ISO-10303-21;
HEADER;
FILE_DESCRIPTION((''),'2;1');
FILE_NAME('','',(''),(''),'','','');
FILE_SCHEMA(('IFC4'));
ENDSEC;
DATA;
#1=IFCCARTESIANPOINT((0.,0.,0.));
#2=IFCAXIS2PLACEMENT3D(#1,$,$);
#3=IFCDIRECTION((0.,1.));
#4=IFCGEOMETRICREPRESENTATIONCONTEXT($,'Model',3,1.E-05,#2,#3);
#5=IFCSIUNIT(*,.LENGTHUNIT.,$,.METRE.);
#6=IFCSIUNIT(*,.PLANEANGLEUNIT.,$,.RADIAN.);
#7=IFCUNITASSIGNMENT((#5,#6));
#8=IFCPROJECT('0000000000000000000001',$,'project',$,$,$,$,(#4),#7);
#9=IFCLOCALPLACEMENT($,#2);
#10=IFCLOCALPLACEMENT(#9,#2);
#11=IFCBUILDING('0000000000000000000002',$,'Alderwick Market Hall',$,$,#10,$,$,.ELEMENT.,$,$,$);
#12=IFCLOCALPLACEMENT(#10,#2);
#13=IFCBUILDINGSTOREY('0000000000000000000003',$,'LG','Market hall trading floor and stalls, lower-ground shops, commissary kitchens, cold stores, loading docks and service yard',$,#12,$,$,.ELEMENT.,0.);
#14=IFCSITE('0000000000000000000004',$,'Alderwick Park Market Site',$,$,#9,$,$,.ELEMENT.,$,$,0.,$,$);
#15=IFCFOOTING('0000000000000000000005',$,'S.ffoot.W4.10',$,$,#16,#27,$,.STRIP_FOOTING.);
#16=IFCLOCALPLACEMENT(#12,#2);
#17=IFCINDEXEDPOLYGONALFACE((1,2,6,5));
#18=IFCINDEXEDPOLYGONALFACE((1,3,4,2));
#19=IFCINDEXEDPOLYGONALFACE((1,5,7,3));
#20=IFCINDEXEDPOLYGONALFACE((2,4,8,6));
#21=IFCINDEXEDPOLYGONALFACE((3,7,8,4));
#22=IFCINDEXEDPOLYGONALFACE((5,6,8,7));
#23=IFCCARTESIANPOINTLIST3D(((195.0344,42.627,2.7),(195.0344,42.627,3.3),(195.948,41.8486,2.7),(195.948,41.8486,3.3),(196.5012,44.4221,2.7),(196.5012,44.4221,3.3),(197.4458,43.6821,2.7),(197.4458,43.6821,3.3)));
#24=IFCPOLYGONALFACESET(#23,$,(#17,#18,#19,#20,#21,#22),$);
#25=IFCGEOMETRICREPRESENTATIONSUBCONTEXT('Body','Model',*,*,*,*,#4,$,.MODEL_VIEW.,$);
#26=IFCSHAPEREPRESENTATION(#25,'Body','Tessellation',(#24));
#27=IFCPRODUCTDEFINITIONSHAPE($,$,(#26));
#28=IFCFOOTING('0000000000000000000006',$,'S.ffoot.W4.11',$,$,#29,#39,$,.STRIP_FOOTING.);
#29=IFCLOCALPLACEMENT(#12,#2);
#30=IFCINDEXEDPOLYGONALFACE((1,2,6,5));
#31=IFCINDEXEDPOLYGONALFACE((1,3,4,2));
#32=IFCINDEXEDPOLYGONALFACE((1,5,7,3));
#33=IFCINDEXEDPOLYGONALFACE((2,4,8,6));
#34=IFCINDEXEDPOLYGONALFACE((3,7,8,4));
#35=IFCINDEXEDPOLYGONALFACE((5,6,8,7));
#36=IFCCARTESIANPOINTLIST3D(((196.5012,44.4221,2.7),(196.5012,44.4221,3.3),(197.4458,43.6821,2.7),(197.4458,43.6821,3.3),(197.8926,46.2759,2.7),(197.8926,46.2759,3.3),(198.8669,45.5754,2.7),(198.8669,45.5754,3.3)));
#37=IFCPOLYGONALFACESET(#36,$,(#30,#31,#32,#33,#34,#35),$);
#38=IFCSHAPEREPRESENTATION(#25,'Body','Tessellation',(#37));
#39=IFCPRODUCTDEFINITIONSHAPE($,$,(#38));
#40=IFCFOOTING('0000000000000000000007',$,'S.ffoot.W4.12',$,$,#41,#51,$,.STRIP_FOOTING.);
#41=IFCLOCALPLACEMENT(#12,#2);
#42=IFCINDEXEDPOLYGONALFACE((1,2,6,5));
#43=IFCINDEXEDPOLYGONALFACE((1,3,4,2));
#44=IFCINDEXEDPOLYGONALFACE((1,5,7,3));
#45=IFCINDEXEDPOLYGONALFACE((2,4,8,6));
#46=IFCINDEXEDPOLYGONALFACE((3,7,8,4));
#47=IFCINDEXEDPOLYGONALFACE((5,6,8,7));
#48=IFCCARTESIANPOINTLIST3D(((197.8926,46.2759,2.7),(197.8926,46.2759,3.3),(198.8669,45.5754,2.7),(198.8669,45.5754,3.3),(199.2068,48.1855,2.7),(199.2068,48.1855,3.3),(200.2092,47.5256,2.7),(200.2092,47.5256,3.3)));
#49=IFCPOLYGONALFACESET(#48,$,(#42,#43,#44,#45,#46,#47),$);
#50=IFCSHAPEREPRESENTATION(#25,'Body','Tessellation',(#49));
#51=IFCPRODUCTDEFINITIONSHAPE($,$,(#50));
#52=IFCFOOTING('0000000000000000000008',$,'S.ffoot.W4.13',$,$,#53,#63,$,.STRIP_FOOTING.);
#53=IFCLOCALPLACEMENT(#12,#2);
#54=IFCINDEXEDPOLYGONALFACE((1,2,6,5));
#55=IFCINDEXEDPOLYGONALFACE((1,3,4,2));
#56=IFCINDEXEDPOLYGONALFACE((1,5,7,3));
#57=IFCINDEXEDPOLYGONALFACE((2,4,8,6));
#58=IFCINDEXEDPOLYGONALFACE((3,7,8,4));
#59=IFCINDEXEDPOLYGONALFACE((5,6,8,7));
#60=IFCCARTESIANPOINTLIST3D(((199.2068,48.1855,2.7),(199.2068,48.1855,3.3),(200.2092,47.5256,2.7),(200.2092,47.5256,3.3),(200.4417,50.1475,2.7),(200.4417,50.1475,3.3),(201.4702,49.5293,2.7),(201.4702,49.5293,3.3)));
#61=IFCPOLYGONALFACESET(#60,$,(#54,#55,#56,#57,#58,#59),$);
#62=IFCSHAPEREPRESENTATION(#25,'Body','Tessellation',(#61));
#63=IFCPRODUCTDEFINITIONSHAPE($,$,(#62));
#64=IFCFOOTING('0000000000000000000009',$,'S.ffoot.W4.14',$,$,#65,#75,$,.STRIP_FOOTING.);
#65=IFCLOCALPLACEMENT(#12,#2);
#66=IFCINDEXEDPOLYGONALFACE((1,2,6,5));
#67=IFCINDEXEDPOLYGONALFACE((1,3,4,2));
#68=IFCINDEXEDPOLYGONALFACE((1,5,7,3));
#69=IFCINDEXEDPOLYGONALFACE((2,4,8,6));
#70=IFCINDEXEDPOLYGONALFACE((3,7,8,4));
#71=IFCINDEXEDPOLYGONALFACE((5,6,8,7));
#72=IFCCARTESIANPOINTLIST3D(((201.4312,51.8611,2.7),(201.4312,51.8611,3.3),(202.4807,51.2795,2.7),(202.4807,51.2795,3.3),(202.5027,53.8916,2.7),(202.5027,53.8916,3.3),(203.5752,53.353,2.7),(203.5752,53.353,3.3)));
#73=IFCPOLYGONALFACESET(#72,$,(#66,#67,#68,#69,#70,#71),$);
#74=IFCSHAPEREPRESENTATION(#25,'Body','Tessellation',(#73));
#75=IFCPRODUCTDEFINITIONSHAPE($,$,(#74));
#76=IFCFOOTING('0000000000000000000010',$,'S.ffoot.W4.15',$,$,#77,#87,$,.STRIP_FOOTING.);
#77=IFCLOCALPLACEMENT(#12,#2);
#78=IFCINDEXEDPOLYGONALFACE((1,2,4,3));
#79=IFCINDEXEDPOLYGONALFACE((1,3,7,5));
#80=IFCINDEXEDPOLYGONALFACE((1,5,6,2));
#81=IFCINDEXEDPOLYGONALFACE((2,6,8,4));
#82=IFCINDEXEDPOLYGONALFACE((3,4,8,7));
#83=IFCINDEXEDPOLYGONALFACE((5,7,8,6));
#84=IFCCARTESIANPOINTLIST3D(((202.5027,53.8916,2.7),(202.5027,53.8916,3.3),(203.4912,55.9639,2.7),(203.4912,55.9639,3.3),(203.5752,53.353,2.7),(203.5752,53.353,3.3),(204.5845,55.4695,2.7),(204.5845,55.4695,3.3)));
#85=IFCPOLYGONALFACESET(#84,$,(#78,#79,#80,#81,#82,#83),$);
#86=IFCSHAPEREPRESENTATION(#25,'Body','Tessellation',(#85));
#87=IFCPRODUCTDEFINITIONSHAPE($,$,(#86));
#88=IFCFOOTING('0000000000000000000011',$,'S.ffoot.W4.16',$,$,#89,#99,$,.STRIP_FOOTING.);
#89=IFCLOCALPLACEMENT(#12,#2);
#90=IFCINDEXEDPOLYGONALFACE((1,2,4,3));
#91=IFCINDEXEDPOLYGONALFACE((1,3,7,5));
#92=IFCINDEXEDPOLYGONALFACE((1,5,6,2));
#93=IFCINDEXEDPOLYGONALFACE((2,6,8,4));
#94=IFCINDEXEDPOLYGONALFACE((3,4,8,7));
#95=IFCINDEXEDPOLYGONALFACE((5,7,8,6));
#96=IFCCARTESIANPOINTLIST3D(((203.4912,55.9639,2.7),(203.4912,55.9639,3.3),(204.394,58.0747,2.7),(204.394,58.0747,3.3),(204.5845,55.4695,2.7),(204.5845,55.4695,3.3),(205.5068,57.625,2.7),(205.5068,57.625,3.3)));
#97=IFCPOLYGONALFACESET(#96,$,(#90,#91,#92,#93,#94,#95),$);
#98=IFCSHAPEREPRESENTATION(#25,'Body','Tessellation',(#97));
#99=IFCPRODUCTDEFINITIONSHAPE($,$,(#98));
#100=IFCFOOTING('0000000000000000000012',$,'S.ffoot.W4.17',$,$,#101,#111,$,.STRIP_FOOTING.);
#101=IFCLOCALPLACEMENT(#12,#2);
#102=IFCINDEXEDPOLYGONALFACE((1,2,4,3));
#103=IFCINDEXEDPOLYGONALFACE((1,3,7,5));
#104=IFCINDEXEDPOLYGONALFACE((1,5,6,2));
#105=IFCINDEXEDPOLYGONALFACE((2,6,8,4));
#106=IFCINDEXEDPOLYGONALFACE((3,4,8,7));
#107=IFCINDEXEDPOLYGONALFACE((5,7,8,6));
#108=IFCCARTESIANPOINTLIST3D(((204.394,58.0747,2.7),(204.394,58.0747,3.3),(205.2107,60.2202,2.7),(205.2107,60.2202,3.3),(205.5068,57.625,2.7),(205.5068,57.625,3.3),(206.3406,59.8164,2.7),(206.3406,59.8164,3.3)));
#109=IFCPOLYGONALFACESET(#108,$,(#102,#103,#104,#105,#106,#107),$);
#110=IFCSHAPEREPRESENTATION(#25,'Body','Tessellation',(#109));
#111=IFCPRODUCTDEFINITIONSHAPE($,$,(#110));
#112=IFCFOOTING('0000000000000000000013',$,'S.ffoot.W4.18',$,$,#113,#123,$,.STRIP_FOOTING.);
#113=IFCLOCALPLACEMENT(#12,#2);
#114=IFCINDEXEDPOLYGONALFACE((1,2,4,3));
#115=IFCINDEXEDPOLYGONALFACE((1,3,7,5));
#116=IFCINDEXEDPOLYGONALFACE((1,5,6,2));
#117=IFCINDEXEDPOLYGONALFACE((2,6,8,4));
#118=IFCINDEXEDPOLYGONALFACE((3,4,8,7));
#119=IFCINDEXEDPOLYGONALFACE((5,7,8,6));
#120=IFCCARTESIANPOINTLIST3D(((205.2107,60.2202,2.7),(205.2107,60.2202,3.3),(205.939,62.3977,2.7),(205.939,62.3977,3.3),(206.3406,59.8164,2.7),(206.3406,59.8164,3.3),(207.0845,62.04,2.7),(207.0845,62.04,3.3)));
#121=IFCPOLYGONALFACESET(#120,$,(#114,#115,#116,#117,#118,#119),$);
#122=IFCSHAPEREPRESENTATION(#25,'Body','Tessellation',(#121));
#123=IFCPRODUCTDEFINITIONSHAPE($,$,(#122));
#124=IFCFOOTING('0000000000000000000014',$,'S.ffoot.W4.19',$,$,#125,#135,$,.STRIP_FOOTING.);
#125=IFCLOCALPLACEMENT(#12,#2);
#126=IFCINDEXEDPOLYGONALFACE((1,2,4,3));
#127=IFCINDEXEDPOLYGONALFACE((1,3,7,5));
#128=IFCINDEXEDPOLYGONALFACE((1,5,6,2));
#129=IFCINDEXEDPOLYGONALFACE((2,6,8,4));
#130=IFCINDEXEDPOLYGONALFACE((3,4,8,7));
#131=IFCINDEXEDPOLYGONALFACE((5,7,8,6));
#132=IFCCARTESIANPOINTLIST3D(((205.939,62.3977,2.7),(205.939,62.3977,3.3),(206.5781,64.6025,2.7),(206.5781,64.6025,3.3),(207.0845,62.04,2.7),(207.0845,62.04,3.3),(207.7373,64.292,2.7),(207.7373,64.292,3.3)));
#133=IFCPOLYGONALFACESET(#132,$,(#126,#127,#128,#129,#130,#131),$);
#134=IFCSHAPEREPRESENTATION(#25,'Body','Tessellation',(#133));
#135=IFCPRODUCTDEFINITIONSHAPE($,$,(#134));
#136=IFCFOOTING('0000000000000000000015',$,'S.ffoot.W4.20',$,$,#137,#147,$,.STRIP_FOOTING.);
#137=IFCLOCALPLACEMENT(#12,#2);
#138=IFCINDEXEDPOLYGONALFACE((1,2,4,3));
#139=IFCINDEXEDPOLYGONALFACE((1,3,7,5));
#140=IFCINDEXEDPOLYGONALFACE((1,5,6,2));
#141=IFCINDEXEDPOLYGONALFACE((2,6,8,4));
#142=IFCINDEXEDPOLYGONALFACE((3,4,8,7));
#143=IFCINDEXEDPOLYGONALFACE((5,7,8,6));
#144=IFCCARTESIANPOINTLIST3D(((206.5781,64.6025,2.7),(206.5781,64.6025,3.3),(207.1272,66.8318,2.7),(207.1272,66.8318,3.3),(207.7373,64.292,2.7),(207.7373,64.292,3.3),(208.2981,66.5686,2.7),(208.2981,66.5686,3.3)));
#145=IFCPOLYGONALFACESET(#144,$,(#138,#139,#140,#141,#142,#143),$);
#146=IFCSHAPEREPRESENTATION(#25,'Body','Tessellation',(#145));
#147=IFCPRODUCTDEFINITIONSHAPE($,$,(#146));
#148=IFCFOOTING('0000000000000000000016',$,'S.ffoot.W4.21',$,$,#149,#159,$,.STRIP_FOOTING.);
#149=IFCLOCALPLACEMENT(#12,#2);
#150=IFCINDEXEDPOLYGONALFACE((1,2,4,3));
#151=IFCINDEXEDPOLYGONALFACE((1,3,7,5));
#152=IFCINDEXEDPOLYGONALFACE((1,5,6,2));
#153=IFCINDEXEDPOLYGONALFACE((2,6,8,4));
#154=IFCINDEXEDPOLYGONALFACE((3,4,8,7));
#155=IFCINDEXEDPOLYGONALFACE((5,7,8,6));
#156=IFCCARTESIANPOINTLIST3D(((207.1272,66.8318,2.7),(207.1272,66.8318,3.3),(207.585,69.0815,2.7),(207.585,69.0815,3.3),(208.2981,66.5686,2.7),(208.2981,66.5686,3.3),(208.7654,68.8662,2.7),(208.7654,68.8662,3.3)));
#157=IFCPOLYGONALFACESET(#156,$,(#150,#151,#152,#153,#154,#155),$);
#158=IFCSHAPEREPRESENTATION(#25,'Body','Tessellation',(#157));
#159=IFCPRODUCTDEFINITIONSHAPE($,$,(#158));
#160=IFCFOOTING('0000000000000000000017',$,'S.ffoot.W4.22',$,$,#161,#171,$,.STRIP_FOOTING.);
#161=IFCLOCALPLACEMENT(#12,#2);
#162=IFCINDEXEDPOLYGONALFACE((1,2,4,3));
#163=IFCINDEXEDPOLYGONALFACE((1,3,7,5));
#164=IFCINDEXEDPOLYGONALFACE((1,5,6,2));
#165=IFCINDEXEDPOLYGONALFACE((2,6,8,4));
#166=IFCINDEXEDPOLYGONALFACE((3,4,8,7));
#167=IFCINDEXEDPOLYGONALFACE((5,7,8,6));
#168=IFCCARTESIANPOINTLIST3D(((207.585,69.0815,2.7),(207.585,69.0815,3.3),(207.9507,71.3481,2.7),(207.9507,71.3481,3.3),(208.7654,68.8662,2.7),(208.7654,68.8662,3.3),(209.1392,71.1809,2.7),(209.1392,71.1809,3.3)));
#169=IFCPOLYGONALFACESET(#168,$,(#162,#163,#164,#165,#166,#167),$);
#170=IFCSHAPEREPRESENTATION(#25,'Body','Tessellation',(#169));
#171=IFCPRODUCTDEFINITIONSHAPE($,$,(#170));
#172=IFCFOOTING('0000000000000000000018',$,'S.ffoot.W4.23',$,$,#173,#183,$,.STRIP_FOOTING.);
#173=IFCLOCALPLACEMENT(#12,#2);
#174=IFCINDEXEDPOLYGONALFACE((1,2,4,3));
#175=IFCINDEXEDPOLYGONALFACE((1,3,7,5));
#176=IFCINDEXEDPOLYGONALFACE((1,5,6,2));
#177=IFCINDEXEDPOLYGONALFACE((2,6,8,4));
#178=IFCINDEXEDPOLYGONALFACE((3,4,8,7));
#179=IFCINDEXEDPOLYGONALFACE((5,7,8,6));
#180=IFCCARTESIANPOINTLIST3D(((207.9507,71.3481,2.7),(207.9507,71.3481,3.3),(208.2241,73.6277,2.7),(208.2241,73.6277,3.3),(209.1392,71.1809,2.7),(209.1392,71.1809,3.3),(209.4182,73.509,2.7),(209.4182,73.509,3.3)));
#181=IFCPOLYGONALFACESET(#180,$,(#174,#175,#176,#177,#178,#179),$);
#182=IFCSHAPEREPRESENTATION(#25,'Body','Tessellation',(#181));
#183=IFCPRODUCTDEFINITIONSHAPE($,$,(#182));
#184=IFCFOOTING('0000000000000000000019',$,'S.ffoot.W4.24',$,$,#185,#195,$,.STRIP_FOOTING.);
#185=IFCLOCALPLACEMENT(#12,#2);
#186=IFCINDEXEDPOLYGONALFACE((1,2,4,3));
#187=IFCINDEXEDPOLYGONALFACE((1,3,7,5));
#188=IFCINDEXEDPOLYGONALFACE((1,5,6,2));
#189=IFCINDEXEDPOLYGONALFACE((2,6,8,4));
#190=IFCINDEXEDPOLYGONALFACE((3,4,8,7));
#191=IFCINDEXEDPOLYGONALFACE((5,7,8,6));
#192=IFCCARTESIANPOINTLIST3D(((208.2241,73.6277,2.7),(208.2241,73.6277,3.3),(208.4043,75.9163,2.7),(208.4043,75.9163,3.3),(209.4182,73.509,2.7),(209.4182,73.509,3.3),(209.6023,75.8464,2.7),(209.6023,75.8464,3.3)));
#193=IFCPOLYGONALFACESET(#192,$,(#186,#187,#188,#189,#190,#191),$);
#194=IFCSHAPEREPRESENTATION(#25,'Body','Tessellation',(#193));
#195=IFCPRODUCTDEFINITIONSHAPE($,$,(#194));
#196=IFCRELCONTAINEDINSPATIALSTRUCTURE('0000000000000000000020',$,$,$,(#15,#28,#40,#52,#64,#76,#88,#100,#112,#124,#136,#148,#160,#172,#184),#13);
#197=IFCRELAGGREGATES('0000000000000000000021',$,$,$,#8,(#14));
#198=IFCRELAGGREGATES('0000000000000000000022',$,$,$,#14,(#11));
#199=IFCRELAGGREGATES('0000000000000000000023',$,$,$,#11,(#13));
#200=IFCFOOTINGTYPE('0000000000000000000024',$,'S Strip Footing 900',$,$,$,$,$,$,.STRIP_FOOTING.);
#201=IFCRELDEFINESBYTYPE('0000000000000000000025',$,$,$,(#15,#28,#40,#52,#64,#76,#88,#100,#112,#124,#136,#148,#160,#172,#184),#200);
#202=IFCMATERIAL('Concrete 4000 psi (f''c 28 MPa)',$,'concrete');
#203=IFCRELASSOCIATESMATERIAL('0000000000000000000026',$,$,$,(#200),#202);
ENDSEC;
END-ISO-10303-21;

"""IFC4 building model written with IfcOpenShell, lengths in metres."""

from ifc_helpers import new_model, si_unit, direction, frame, origin, place, context, subcontext, project, spatial, polyline, outline, extrude, material, type_object, element, save


model = new_model("IFC4")

# Units and contexts
model_context = context("Model", 3, precision=1e-05, world=origin(), true_north=direction((0.0, 1.0)))
body_context = subcontext(model_context, "Body", "Model", "MODEL_VIEW")
ifc_project = project(units=[si_unit("LENGTHUNIT", "METRE"), si_unit("PLANEANGLEUNIT", "RADIAN")], contexts=[model_context])

# Site, building, storey
site_placement = place(None, origin())
site = spatial("IfcSite", under=ifc_project, at=site_placement, Name="Alderwick Park Market Site", CompositionType="ELEMENT", RefElevation=0.0)
building_placement = place(site_placement, origin())
building = spatial("IfcBuilding", under=site, at=building_placement, Name="Alderwick Market Hall", CompositionType="ELEMENT")
storey_placement = place(building_placement, origin())
storey = spatial("IfcBuildingStorey", under=building, at=storey_placement, Name="LG", Description="Market hall trading floor and stalls, lower-ground shops, commissary kitchens, cold stores, loading docks and service yard", CompositionType="ELEMENT", Elevation=0.0)

# Footings
ifc_material = material(Name="Concrete 4000 psi (f'c 28 MPa)", Category="concrete")
footing_type = type_object("IfcFootingType", Name="S Strip Footing 900", PredefinedType="STRIP_FOOTING", material=ifc_material)
footing_1_placement = place(storey_placement, frame((0.0, 0.0, 2.7)))
element("IfcFooting", 1, at=footing_1_placement, inside=storey, type_object=footing_type, Name="S.ffoot.W4.10", PredefinedType="STRIP_FOOTING", context=body_context, shape_type="SweptSolid", body=[
    extrude(outline(polyline([(195.948, 41.8486), (197.4458, 43.6821), (196.5012, 44.4221), (195.0344, 42.627), (195.948, 41.8486)])), origin(), (0.0, 0.0, 1.0), 0.6001),
])
footing_2_placement = place(storey_placement, frame((0.0, 0.0, 2.7)))
element("IfcFooting", 2, at=footing_2_placement, inside=storey, type_object=footing_type, Name="S.ffoot.W4.11", PredefinedType="STRIP_FOOTING", context=body_context, shape_type="SweptSolid", body=[
    extrude(outline(polyline([(197.4458, 43.6821), (198.8669, 45.5754), (197.8926, 46.2759), (196.5012, 44.4221), (197.4458, 43.6821)])), origin(), (0.0, 0.0, 1.0), 0.6001),
])
footing_3_placement = place(storey_placement, frame((0.0, 0.0, 2.7)))
element("IfcFooting", 3, at=footing_3_placement, inside=storey, type_object=footing_type, Name="S.ffoot.W4.12", PredefinedType="STRIP_FOOTING", context=body_context, shape_type="SweptSolid", body=[
    extrude(outline(polyline([(198.8669, 45.5754), (200.2092, 47.5256), (199.2068, 48.1855), (197.8926, 46.2759), (198.8669, 45.5754)])), origin(), (0.0, 0.0, 1.0), 0.6001),
])
footing_4_placement = place(storey_placement, frame((0.0, 0.0, 2.7)))
element("IfcFooting", 4, at=footing_4_placement, inside=storey, type_object=footing_type, Name="S.ffoot.W4.13", PredefinedType="STRIP_FOOTING", context=body_context, shape_type="SweptSolid", body=[
    extrude(outline(polyline([(200.2092, 47.5256), (201.4702, 49.5293), (200.4417, 50.1475), (199.2068, 48.1855), (200.2092, 47.5256)])), origin(), (0.0, 0.0, 1.0), 0.6001),
])
footing_5_placement = place(storey_placement, frame((0.0, 0.0, 2.7)))
element("IfcFooting", 5, at=footing_5_placement, inside=storey, type_object=footing_type, Name="S.ffoot.W4.14", PredefinedType="STRIP_FOOTING", context=body_context, shape_type="SweptSolid", body=[
    extrude(outline(polyline([(202.4807, 51.2795), (203.5752, 53.353), (202.5027, 53.8916), (201.4312, 51.8611), (202.4807, 51.2795)])), origin(), (0.0, 0.0, 1.0), 0.6001),
])
footing_6_placement = place(storey_placement, frame((0.0, 0.0, 2.7)))
element("IfcFooting", 6, at=footing_6_placement, inside=storey, type_object=footing_type, Name="S.ffoot.W4.15", PredefinedType="STRIP_FOOTING", context=body_context, shape_type="SweptSolid", body=[
    extrude(outline(polyline([(203.5752, 53.353), (204.5845, 55.4695), (203.4912, 55.9639), (202.5027, 53.8916), (203.5752, 53.353)])), origin(), (0.0, 0.0, 1.0), 0.6001),
])
footing_7_placement = place(storey_placement, frame((0.0, 0.0, 2.7)))
element("IfcFooting", 7, at=footing_7_placement, inside=storey, type_object=footing_type, Name="S.ffoot.W4.16", PredefinedType="STRIP_FOOTING", context=body_context, shape_type="SweptSolid", body=[
    extrude(outline(polyline([(204.5845, 55.4695), (205.5068, 57.625), (204.394, 58.0747), (203.4912, 55.9639), (204.5845, 55.4695)])), origin(), (0.0, 0.0, 1.0), 0.6001),
])
footing_8_placement = place(storey_placement, frame((0.0, 0.0, 2.7)))
element("IfcFooting", 8, at=footing_8_placement, inside=storey, type_object=footing_type, Name="S.ffoot.W4.17", PredefinedType="STRIP_FOOTING", context=body_context, shape_type="SweptSolid", body=[
    extrude(outline(polyline([(205.5068, 57.625), (206.3406, 59.8164), (205.2107, 60.2202), (204.394, 58.0747), (205.5068, 57.625)])), origin(), (0.0, 0.0, 1.0), 0.6001),
])
footing_9_placement = place(storey_placement, frame((0.0, 0.0, 2.7)))
element("IfcFooting", 9, at=footing_9_placement, inside=storey, type_object=footing_type, Name="S.ffoot.W4.18", PredefinedType="STRIP_FOOTING", context=body_context, shape_type="SweptSolid", body=[
    extrude(outline(polyline([(206.3406, 59.8164), (207.0845, 62.04), (205.939, 62.3977), (205.2107, 60.2202), (206.3406, 59.8164)])), origin(), (0.0, 0.0, 1.0), 0.6001),
])
footing_10_placement = place(storey_placement, frame((0.0, 0.0, 2.7)))
element("IfcFooting", 10, at=footing_10_placement, inside=storey, type_object=footing_type, Name="S.ffoot.W4.19", PredefinedType="STRIP_FOOTING", context=body_context, shape_type="SweptSolid", body=[
    extrude(outline(polyline([(207.0845, 62.04), (207.7373, 64.292), (206.5781, 64.6025), (205.939, 62.3977), (207.0845, 62.04)])), origin(), (0.0, 0.0, 1.0), 0.6001),
])
footing_11_placement = place(storey_placement, frame((0.0, 0.0, 2.7)))
element("IfcFooting", 11, at=footing_11_placement, inside=storey, type_object=footing_type, Name="S.ffoot.W4.20", PredefinedType="STRIP_FOOTING", context=body_context, shape_type="SweptSolid", body=[
    extrude(outline(polyline([(207.7373, 64.292), (208.2981, 66.5686), (207.1272, 66.8318), (206.5781, 64.6025), (207.7373, 64.292)])), origin(), (0.0, 0.0, 1.0), 0.6001),
])
footing_12_placement = place(storey_placement, frame((0.0, 0.0, 2.7)))
element("IfcFooting", 12, at=footing_12_placement, inside=storey, type_object=footing_type, Name="S.ffoot.W4.21", PredefinedType="STRIP_FOOTING", context=body_context, shape_type="SweptSolid", body=[
    extrude(outline(polyline([(208.2981, 66.5686), (208.7654, 68.8662), (207.585, 69.0815), (207.1272, 66.8318), (208.2981, 66.5686)])), origin(), (0.0, 0.0, 1.0), 0.6001),
])
footing_13_placement = place(storey_placement, frame((0.0, 0.0, 2.7)))
element("IfcFooting", 13, at=footing_13_placement, inside=storey, type_object=footing_type, Name="S.ffoot.W4.22", PredefinedType="STRIP_FOOTING", context=body_context, shape_type="SweptSolid", body=[
    extrude(outline(polyline([(208.7654, 68.8662), (209.1392, 71.1809), (207.9507, 71.3481), (207.585, 69.0815), (208.7654, 68.8662)])), origin(), (0.0, 0.0, 1.0), 0.6001),
])
footing_14_placement = place(storey_placement, frame((0.0, 0.0, 2.7)))
element("IfcFooting", 14, at=footing_14_placement, inside=storey, type_object=footing_type, Name="S.ffoot.W4.23", PredefinedType="STRIP_FOOTING", context=body_context, shape_type="SweptSolid", body=[
    extrude(outline(polyline([(209.1392, 71.1809), (209.4182, 73.509), (208.2241, 73.6277), (207.9507, 71.3481), (209.1392, 71.1809)])), origin(), (0.0, 0.0, 1.0), 0.6001),
])
footing_15_placement = place(storey_placement, frame((0.0, 0.0, 2.7)))
element("IfcFooting", 15, at=footing_15_placement, inside=storey, type_object=footing_type, Name="S.ffoot.W4.24", PredefinedType="STRIP_FOOTING", context=body_context, shape_type="SweptSolid", body=[
    extrude(outline(polyline([(209.4182, 73.509), (209.6023, 75.8464), (208.4043, 75.9163), (208.2241, 73.6277), (209.4182, 73.509)])), origin(), (0.0, 0.0, 1.0), 0.6001),
])

save(model, "model.ifc")
